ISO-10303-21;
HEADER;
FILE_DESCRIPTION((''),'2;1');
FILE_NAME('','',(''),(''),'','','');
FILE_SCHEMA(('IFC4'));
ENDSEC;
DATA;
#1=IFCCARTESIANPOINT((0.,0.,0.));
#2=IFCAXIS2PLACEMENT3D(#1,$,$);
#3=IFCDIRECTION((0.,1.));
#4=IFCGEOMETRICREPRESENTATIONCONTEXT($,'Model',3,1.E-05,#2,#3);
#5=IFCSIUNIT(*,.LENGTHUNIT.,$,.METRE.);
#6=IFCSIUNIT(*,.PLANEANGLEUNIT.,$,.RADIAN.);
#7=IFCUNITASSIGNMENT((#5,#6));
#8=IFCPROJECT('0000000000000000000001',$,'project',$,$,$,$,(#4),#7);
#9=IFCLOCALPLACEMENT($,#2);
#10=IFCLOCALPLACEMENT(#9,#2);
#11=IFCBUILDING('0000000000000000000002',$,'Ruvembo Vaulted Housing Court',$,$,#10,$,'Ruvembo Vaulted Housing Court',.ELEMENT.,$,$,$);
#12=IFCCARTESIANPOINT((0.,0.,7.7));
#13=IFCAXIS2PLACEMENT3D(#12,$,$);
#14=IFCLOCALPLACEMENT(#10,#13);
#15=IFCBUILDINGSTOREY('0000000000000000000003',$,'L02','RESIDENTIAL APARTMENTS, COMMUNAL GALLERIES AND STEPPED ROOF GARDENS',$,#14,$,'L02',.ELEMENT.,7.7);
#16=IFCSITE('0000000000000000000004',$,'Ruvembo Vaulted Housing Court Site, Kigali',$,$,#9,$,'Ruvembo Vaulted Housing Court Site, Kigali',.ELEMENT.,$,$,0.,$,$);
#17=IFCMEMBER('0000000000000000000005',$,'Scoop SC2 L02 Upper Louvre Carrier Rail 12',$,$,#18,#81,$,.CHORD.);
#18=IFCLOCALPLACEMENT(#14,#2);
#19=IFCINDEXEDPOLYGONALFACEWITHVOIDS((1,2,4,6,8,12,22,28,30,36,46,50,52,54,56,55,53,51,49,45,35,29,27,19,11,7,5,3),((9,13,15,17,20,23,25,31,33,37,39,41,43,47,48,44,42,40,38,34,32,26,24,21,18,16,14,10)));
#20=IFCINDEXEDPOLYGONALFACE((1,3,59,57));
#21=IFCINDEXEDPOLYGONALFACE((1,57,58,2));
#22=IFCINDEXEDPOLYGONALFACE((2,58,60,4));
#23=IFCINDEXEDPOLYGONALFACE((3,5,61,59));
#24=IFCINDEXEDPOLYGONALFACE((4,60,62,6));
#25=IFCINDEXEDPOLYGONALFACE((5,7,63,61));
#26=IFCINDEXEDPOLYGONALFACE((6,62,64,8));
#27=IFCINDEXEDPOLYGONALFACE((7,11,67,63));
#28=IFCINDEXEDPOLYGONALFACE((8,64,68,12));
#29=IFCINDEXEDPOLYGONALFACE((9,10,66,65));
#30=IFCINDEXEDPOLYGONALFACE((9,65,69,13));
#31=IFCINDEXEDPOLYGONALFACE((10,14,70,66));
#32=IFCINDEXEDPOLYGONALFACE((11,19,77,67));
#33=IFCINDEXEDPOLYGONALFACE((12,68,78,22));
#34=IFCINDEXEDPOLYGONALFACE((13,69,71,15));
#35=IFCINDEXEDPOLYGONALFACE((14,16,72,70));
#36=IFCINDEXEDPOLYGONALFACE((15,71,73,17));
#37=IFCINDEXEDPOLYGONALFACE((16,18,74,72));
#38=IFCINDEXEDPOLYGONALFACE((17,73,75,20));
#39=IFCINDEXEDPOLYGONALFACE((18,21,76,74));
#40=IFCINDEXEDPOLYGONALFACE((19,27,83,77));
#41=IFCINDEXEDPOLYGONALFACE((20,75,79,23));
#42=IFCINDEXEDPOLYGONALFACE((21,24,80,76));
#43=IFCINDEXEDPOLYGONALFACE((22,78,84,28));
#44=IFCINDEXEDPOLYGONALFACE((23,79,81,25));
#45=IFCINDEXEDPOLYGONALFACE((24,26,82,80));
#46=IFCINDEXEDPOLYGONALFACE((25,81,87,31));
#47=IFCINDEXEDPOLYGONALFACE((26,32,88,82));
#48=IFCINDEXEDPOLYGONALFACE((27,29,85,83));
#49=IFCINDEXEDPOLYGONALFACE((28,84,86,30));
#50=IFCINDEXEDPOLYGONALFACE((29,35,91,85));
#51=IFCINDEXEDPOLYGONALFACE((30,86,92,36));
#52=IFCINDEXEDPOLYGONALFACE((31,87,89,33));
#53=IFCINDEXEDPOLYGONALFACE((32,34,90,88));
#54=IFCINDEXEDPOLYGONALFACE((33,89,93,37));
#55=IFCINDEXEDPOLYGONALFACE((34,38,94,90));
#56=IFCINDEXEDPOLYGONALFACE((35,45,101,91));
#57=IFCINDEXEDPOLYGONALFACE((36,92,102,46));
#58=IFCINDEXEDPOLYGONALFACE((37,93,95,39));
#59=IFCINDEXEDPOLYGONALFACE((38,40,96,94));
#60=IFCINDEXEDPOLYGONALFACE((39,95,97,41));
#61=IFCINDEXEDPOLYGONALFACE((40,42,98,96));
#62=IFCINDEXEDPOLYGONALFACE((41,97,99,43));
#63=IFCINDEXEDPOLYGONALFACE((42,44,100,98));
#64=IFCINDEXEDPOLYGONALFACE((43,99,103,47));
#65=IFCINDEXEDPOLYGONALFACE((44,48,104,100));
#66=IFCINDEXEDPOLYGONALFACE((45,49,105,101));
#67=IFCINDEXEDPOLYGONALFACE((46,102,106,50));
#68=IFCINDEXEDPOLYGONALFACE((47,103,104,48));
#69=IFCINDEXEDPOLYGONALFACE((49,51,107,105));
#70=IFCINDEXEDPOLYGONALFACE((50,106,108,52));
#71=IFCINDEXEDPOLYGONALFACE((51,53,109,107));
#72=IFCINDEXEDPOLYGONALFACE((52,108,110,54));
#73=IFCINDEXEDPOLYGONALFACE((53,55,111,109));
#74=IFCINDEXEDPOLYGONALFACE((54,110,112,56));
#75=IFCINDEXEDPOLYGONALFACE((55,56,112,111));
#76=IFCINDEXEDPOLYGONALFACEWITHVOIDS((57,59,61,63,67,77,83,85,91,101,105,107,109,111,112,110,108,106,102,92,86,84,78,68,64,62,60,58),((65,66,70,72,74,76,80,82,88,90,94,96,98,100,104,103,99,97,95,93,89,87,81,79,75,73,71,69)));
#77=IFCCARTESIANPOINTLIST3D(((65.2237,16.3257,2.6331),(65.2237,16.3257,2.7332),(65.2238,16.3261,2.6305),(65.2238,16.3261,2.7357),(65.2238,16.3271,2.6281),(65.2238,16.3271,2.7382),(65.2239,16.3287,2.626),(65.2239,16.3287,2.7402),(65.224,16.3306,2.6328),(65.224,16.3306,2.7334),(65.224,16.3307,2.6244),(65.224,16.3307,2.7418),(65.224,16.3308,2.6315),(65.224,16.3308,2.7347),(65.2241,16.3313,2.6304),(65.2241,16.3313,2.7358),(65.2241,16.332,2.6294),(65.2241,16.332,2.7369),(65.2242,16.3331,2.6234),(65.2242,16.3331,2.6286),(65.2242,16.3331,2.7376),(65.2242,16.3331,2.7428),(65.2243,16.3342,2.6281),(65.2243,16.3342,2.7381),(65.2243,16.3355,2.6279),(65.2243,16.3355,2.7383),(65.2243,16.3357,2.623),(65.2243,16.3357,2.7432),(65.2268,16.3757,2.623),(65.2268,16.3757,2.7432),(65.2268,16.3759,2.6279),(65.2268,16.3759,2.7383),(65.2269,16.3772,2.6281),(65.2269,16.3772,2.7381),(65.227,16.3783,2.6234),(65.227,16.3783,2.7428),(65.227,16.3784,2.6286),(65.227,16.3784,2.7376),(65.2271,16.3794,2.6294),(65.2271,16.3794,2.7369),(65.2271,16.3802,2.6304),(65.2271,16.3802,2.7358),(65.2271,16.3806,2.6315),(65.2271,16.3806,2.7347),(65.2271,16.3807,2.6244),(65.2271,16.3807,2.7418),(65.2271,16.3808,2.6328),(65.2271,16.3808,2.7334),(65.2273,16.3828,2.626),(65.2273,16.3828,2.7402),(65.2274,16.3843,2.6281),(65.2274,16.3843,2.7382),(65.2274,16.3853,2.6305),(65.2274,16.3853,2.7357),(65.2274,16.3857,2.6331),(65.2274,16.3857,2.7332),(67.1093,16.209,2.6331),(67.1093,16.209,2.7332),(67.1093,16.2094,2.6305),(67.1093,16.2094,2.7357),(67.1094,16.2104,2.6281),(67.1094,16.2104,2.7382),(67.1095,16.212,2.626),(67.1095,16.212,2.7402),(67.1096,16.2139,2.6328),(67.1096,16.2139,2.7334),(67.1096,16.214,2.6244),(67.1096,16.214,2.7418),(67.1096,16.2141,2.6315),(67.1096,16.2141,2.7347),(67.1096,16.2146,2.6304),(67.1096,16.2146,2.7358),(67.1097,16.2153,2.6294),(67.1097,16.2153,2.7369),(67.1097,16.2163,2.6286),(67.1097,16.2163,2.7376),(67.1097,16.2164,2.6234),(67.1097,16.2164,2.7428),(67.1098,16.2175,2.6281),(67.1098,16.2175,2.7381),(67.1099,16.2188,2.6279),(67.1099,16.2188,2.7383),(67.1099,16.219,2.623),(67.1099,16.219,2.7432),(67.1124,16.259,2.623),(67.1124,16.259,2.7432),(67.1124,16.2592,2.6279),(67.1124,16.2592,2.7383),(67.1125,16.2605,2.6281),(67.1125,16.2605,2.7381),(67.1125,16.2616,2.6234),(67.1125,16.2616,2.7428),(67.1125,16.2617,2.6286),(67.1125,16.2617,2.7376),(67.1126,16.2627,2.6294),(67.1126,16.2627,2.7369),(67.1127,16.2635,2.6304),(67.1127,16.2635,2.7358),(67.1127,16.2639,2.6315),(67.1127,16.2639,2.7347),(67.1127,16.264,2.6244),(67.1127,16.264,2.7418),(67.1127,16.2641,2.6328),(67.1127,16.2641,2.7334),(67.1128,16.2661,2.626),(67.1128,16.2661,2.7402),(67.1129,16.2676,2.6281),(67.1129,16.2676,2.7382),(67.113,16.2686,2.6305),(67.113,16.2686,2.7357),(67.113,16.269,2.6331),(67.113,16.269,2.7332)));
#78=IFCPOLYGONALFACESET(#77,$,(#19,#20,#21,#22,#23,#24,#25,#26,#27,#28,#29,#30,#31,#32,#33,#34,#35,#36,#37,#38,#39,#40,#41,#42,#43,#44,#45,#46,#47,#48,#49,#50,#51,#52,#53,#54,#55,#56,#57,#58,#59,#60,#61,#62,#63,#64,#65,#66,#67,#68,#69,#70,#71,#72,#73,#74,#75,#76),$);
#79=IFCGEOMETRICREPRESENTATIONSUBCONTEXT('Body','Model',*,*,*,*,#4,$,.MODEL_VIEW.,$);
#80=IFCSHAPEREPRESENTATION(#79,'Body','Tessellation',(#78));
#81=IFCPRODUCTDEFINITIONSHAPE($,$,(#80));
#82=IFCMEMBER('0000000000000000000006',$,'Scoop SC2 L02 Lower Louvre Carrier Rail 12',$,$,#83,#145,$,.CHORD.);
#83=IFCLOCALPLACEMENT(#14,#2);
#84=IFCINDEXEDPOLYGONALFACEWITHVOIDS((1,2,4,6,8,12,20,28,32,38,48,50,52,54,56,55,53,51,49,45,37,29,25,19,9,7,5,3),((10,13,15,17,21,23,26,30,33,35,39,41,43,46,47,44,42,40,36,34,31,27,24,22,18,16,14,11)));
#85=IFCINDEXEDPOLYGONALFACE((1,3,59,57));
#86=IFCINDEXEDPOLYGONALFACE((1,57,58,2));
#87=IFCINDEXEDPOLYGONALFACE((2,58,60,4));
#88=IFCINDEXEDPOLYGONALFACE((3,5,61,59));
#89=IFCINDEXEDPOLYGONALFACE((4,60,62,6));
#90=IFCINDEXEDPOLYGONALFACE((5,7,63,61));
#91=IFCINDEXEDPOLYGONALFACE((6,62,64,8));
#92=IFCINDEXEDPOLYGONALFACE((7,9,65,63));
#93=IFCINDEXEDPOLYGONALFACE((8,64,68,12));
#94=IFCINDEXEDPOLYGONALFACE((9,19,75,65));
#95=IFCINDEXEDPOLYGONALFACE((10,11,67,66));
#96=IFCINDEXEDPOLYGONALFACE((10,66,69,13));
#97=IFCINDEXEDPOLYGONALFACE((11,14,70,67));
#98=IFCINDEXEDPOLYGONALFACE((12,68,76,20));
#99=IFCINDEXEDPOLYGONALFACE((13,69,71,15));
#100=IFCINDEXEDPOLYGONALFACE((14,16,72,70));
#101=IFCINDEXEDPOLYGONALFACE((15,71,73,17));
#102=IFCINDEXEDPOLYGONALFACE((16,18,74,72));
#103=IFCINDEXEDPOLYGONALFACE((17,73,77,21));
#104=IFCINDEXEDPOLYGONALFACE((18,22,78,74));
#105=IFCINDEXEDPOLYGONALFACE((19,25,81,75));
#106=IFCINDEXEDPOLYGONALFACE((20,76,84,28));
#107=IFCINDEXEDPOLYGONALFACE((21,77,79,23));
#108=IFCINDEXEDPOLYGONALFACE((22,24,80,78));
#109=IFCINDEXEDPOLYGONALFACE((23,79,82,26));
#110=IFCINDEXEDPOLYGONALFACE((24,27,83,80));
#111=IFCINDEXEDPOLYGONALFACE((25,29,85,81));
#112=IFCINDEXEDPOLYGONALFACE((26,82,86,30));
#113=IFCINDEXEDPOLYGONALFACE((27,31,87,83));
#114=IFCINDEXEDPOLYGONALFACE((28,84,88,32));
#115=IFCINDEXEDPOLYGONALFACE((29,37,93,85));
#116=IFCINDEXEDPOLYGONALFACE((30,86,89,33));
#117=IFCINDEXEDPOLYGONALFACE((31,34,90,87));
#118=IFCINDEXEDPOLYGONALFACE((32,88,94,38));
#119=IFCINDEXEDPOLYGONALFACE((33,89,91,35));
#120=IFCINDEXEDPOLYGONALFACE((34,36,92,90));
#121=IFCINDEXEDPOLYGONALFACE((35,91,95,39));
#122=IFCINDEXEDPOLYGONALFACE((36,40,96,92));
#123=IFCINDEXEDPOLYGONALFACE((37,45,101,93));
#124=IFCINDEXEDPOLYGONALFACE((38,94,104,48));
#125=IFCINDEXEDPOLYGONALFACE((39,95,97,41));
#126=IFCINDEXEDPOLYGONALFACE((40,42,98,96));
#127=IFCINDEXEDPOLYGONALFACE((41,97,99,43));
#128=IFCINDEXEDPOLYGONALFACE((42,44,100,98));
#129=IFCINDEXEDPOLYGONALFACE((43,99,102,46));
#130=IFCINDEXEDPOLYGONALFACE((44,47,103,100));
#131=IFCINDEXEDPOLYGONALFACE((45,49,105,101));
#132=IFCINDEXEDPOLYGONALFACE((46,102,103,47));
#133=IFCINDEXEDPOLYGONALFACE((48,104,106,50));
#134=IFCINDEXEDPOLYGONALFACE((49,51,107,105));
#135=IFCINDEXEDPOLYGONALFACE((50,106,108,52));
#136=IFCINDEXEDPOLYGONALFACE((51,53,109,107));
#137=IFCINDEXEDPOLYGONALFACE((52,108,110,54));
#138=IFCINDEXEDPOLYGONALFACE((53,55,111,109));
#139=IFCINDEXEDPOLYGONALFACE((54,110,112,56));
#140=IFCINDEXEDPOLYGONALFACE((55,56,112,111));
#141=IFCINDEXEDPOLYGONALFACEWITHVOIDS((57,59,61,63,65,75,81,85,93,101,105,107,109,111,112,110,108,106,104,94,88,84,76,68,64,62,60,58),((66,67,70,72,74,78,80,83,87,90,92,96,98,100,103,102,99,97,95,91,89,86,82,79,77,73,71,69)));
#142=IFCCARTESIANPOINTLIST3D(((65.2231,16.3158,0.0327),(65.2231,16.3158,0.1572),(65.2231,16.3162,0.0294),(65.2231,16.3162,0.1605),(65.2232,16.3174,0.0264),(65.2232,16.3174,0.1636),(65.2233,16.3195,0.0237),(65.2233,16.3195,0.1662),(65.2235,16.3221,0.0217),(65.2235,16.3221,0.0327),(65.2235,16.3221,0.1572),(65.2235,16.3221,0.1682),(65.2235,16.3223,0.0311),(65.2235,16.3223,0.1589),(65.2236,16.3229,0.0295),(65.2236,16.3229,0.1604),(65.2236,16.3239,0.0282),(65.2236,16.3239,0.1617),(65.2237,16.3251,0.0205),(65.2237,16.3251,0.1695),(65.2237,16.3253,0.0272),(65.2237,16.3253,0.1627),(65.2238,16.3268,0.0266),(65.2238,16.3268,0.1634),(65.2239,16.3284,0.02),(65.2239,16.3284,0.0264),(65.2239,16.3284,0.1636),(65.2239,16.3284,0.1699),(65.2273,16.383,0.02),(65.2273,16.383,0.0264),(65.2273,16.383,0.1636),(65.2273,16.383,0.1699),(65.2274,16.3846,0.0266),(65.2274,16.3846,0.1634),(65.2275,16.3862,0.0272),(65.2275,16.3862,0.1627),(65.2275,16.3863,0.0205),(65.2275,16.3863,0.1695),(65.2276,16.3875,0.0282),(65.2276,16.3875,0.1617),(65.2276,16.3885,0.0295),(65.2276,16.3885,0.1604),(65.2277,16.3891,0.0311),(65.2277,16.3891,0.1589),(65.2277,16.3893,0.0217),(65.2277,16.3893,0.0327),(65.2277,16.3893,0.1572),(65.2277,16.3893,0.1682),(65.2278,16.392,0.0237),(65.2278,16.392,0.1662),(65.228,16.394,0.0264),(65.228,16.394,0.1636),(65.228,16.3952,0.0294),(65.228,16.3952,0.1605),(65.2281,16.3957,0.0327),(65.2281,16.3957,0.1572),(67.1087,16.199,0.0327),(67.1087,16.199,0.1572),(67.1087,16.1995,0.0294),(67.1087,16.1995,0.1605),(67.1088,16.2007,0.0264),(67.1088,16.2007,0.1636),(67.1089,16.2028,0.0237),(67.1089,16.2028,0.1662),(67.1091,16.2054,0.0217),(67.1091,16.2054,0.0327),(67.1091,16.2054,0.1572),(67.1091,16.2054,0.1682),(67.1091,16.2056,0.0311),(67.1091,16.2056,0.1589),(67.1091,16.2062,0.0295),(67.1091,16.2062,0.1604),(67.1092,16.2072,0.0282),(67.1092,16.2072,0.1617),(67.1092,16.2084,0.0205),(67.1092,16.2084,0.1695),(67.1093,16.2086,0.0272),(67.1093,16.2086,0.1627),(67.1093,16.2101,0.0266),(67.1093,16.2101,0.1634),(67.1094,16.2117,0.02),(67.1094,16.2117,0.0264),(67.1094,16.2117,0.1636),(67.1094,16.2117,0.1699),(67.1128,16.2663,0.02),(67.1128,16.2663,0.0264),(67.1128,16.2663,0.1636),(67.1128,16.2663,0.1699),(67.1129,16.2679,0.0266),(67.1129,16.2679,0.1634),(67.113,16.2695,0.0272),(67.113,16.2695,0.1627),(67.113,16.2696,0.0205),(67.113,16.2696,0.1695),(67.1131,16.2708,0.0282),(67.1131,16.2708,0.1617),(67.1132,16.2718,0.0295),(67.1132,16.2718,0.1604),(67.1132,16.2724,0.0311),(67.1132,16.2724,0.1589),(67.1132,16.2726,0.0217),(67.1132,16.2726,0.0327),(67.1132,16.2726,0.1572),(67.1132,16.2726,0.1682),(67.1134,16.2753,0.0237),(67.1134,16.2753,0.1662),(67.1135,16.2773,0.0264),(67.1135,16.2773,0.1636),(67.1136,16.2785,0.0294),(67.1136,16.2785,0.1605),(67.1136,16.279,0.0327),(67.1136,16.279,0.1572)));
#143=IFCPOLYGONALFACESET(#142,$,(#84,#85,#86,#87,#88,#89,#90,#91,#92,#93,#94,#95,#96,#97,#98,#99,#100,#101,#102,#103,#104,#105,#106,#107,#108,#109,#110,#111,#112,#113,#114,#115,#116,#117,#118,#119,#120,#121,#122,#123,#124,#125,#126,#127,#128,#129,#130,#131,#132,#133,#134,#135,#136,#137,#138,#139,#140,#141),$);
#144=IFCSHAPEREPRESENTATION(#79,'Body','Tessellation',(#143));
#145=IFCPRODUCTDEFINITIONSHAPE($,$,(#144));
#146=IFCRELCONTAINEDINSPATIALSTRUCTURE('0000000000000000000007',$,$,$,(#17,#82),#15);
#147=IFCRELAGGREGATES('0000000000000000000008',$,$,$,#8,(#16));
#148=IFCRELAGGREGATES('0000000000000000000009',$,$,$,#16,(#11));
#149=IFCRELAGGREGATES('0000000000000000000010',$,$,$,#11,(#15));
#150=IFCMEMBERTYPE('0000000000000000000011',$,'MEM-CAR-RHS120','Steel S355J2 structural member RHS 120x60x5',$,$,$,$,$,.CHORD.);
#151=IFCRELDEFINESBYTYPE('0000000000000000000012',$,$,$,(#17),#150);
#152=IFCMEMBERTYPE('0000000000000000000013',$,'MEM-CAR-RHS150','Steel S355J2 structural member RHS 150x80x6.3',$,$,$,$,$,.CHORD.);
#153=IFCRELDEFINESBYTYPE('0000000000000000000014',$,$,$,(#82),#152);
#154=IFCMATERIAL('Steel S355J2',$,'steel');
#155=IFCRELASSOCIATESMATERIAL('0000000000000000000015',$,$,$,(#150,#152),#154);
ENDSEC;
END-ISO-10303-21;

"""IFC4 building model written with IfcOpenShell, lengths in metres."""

from ifc_helpers import new_model, si_unit, direction, frame, origin, origin_2d, place, context, subcontext, project, spatial, hollow_rectangle, extrude, material, material_profile, profile_set, type_object, element, save


model = new_model("IFC4")

# Units and contexts
model_context = context("Model", 3, precision=1e-05, world=origin(), true_north=direction((0.0, 1.0)))
body_context = subcontext(model_context, "Body", "Model", "MODEL_VIEW")
ifc_project = project(units=[si_unit("LENGTHUNIT", "METRE"), si_unit("PLANEANGLEUNIT", "RADIAN")], contexts=[model_context])

# Site, building, storey
site_placement = place(None, origin())
site = spatial("IfcSite", under=ifc_project, at=site_placement, Name="Ruvembo Vaulted Housing Court Site, Kigali", LongName="Ruvembo Vaulted Housing Court Site, Kigali", CompositionType="ELEMENT", RefElevation=0.0)
building_placement = place(site_placement, origin())
building = spatial("IfcBuilding", under=site, at=building_placement, Name="Ruvembo Vaulted Housing Court", LongName="Ruvembo Vaulted Housing Court", CompositionType="ELEMENT")
storey_placement = place(building_placement, frame((0.0, 0.0, 7.7)))
storey = spatial("IfcBuildingStorey", under=building, at=storey_placement, Name="L02", Description="RESIDENTIAL APARTMENTS, COMMUNAL GALLERIES AND STEPPED ROOF GARDENS", LongName="L02", CompositionType="ELEMENT", Elevation=7.7)

# Shared definitions
ifc_material_1 = material(Name="Steel S355J2", Category="steel")

# Members
ifc_material_profile_1 = material_profile(ifc_material_1, hollow_rectangle(XDim=0.0601, YDim=0.1201, WallThickness=0.0049, InnerFilletRadius=0.0049, OuterFilletRadius=0.01, at=origin_2d()), Name="RHS 120x60x5")
ifc_profile_set_1 = profile_set([ifc_material_profile_1], Name="Steel S355J2")
member_type_1 = type_object("IfcMemberType", Name="MEM-CAR-RHS120", Description="Steel S355J2 structural member RHS 120x60x5", PredefinedType="CHORD", material=ifc_profile_set_1)
member_1_placement = place(storey_placement, frame((65.2256, 16.3557, 2.6831), z_axis=(0.99809, -0.061775, 0.0), x_axis=(0.061775, 0.99809, 0.0)))
element("IfcMember", 1, at=member_1_placement, inside=storey, type_object=member_type_1, Name="Scoop SC2 L02 Upper Louvre Carrier Rail 12", PredefinedType="CHORD", context=body_context, shape_type="SweptSolid", body=[
    extrude(hollow_rectangle(XDim=0.0601, YDim=0.1201, WallThickness=0.0049, InnerFilletRadius=0.0049, OuterFilletRadius=0.01, at=origin_2d()), origin(), (0.0, 0.0, 1.0), 1.8892),
])
ifc_material_profile_2 = material_profile(ifc_material_1, hollow_rectangle(XDim=0.0801, YDim=0.1499, WallThickness=0.0063, InnerFilletRadius=0.0063, OuterFilletRadius=0.0127, at=origin_2d()), Name="RHS 150x80x6.3")
ifc_profile_set_2 = profile_set([ifc_material_profile_2], Name="Steel S355J2")
member_type_2 = type_object("IfcMemberType", Name="MEM-CAR-RHS150", Description="Steel S355J2 structural member RHS 150x80x6.3", PredefinedType="CHORD", material=ifc_profile_set_2)
member_2_placement = place(storey_placement, frame((65.2256, 16.3557, 0.095), z_axis=(0.99809, -0.061775, 0.0), x_axis=(0.061775, 0.99809, 0.0)))
element("IfcMember", 2, at=member_2_placement, inside=storey, type_object=member_type_2, Name="Scoop SC2 L02 Lower Louvre Carrier Rail 12", PredefinedType="CHORD", context=body_context, shape_type="SweptSolid", body=[
    extrude(hollow_rectangle(XDim=0.0801, YDim=0.1499, WallThickness=0.0063, InnerFilletRadius=0.0063, OuterFilletRadius=0.0127, at=origin_2d()), origin(), (0.0, 0.0, 1.0), 1.8892),
])

save(model, "model.ifc")
